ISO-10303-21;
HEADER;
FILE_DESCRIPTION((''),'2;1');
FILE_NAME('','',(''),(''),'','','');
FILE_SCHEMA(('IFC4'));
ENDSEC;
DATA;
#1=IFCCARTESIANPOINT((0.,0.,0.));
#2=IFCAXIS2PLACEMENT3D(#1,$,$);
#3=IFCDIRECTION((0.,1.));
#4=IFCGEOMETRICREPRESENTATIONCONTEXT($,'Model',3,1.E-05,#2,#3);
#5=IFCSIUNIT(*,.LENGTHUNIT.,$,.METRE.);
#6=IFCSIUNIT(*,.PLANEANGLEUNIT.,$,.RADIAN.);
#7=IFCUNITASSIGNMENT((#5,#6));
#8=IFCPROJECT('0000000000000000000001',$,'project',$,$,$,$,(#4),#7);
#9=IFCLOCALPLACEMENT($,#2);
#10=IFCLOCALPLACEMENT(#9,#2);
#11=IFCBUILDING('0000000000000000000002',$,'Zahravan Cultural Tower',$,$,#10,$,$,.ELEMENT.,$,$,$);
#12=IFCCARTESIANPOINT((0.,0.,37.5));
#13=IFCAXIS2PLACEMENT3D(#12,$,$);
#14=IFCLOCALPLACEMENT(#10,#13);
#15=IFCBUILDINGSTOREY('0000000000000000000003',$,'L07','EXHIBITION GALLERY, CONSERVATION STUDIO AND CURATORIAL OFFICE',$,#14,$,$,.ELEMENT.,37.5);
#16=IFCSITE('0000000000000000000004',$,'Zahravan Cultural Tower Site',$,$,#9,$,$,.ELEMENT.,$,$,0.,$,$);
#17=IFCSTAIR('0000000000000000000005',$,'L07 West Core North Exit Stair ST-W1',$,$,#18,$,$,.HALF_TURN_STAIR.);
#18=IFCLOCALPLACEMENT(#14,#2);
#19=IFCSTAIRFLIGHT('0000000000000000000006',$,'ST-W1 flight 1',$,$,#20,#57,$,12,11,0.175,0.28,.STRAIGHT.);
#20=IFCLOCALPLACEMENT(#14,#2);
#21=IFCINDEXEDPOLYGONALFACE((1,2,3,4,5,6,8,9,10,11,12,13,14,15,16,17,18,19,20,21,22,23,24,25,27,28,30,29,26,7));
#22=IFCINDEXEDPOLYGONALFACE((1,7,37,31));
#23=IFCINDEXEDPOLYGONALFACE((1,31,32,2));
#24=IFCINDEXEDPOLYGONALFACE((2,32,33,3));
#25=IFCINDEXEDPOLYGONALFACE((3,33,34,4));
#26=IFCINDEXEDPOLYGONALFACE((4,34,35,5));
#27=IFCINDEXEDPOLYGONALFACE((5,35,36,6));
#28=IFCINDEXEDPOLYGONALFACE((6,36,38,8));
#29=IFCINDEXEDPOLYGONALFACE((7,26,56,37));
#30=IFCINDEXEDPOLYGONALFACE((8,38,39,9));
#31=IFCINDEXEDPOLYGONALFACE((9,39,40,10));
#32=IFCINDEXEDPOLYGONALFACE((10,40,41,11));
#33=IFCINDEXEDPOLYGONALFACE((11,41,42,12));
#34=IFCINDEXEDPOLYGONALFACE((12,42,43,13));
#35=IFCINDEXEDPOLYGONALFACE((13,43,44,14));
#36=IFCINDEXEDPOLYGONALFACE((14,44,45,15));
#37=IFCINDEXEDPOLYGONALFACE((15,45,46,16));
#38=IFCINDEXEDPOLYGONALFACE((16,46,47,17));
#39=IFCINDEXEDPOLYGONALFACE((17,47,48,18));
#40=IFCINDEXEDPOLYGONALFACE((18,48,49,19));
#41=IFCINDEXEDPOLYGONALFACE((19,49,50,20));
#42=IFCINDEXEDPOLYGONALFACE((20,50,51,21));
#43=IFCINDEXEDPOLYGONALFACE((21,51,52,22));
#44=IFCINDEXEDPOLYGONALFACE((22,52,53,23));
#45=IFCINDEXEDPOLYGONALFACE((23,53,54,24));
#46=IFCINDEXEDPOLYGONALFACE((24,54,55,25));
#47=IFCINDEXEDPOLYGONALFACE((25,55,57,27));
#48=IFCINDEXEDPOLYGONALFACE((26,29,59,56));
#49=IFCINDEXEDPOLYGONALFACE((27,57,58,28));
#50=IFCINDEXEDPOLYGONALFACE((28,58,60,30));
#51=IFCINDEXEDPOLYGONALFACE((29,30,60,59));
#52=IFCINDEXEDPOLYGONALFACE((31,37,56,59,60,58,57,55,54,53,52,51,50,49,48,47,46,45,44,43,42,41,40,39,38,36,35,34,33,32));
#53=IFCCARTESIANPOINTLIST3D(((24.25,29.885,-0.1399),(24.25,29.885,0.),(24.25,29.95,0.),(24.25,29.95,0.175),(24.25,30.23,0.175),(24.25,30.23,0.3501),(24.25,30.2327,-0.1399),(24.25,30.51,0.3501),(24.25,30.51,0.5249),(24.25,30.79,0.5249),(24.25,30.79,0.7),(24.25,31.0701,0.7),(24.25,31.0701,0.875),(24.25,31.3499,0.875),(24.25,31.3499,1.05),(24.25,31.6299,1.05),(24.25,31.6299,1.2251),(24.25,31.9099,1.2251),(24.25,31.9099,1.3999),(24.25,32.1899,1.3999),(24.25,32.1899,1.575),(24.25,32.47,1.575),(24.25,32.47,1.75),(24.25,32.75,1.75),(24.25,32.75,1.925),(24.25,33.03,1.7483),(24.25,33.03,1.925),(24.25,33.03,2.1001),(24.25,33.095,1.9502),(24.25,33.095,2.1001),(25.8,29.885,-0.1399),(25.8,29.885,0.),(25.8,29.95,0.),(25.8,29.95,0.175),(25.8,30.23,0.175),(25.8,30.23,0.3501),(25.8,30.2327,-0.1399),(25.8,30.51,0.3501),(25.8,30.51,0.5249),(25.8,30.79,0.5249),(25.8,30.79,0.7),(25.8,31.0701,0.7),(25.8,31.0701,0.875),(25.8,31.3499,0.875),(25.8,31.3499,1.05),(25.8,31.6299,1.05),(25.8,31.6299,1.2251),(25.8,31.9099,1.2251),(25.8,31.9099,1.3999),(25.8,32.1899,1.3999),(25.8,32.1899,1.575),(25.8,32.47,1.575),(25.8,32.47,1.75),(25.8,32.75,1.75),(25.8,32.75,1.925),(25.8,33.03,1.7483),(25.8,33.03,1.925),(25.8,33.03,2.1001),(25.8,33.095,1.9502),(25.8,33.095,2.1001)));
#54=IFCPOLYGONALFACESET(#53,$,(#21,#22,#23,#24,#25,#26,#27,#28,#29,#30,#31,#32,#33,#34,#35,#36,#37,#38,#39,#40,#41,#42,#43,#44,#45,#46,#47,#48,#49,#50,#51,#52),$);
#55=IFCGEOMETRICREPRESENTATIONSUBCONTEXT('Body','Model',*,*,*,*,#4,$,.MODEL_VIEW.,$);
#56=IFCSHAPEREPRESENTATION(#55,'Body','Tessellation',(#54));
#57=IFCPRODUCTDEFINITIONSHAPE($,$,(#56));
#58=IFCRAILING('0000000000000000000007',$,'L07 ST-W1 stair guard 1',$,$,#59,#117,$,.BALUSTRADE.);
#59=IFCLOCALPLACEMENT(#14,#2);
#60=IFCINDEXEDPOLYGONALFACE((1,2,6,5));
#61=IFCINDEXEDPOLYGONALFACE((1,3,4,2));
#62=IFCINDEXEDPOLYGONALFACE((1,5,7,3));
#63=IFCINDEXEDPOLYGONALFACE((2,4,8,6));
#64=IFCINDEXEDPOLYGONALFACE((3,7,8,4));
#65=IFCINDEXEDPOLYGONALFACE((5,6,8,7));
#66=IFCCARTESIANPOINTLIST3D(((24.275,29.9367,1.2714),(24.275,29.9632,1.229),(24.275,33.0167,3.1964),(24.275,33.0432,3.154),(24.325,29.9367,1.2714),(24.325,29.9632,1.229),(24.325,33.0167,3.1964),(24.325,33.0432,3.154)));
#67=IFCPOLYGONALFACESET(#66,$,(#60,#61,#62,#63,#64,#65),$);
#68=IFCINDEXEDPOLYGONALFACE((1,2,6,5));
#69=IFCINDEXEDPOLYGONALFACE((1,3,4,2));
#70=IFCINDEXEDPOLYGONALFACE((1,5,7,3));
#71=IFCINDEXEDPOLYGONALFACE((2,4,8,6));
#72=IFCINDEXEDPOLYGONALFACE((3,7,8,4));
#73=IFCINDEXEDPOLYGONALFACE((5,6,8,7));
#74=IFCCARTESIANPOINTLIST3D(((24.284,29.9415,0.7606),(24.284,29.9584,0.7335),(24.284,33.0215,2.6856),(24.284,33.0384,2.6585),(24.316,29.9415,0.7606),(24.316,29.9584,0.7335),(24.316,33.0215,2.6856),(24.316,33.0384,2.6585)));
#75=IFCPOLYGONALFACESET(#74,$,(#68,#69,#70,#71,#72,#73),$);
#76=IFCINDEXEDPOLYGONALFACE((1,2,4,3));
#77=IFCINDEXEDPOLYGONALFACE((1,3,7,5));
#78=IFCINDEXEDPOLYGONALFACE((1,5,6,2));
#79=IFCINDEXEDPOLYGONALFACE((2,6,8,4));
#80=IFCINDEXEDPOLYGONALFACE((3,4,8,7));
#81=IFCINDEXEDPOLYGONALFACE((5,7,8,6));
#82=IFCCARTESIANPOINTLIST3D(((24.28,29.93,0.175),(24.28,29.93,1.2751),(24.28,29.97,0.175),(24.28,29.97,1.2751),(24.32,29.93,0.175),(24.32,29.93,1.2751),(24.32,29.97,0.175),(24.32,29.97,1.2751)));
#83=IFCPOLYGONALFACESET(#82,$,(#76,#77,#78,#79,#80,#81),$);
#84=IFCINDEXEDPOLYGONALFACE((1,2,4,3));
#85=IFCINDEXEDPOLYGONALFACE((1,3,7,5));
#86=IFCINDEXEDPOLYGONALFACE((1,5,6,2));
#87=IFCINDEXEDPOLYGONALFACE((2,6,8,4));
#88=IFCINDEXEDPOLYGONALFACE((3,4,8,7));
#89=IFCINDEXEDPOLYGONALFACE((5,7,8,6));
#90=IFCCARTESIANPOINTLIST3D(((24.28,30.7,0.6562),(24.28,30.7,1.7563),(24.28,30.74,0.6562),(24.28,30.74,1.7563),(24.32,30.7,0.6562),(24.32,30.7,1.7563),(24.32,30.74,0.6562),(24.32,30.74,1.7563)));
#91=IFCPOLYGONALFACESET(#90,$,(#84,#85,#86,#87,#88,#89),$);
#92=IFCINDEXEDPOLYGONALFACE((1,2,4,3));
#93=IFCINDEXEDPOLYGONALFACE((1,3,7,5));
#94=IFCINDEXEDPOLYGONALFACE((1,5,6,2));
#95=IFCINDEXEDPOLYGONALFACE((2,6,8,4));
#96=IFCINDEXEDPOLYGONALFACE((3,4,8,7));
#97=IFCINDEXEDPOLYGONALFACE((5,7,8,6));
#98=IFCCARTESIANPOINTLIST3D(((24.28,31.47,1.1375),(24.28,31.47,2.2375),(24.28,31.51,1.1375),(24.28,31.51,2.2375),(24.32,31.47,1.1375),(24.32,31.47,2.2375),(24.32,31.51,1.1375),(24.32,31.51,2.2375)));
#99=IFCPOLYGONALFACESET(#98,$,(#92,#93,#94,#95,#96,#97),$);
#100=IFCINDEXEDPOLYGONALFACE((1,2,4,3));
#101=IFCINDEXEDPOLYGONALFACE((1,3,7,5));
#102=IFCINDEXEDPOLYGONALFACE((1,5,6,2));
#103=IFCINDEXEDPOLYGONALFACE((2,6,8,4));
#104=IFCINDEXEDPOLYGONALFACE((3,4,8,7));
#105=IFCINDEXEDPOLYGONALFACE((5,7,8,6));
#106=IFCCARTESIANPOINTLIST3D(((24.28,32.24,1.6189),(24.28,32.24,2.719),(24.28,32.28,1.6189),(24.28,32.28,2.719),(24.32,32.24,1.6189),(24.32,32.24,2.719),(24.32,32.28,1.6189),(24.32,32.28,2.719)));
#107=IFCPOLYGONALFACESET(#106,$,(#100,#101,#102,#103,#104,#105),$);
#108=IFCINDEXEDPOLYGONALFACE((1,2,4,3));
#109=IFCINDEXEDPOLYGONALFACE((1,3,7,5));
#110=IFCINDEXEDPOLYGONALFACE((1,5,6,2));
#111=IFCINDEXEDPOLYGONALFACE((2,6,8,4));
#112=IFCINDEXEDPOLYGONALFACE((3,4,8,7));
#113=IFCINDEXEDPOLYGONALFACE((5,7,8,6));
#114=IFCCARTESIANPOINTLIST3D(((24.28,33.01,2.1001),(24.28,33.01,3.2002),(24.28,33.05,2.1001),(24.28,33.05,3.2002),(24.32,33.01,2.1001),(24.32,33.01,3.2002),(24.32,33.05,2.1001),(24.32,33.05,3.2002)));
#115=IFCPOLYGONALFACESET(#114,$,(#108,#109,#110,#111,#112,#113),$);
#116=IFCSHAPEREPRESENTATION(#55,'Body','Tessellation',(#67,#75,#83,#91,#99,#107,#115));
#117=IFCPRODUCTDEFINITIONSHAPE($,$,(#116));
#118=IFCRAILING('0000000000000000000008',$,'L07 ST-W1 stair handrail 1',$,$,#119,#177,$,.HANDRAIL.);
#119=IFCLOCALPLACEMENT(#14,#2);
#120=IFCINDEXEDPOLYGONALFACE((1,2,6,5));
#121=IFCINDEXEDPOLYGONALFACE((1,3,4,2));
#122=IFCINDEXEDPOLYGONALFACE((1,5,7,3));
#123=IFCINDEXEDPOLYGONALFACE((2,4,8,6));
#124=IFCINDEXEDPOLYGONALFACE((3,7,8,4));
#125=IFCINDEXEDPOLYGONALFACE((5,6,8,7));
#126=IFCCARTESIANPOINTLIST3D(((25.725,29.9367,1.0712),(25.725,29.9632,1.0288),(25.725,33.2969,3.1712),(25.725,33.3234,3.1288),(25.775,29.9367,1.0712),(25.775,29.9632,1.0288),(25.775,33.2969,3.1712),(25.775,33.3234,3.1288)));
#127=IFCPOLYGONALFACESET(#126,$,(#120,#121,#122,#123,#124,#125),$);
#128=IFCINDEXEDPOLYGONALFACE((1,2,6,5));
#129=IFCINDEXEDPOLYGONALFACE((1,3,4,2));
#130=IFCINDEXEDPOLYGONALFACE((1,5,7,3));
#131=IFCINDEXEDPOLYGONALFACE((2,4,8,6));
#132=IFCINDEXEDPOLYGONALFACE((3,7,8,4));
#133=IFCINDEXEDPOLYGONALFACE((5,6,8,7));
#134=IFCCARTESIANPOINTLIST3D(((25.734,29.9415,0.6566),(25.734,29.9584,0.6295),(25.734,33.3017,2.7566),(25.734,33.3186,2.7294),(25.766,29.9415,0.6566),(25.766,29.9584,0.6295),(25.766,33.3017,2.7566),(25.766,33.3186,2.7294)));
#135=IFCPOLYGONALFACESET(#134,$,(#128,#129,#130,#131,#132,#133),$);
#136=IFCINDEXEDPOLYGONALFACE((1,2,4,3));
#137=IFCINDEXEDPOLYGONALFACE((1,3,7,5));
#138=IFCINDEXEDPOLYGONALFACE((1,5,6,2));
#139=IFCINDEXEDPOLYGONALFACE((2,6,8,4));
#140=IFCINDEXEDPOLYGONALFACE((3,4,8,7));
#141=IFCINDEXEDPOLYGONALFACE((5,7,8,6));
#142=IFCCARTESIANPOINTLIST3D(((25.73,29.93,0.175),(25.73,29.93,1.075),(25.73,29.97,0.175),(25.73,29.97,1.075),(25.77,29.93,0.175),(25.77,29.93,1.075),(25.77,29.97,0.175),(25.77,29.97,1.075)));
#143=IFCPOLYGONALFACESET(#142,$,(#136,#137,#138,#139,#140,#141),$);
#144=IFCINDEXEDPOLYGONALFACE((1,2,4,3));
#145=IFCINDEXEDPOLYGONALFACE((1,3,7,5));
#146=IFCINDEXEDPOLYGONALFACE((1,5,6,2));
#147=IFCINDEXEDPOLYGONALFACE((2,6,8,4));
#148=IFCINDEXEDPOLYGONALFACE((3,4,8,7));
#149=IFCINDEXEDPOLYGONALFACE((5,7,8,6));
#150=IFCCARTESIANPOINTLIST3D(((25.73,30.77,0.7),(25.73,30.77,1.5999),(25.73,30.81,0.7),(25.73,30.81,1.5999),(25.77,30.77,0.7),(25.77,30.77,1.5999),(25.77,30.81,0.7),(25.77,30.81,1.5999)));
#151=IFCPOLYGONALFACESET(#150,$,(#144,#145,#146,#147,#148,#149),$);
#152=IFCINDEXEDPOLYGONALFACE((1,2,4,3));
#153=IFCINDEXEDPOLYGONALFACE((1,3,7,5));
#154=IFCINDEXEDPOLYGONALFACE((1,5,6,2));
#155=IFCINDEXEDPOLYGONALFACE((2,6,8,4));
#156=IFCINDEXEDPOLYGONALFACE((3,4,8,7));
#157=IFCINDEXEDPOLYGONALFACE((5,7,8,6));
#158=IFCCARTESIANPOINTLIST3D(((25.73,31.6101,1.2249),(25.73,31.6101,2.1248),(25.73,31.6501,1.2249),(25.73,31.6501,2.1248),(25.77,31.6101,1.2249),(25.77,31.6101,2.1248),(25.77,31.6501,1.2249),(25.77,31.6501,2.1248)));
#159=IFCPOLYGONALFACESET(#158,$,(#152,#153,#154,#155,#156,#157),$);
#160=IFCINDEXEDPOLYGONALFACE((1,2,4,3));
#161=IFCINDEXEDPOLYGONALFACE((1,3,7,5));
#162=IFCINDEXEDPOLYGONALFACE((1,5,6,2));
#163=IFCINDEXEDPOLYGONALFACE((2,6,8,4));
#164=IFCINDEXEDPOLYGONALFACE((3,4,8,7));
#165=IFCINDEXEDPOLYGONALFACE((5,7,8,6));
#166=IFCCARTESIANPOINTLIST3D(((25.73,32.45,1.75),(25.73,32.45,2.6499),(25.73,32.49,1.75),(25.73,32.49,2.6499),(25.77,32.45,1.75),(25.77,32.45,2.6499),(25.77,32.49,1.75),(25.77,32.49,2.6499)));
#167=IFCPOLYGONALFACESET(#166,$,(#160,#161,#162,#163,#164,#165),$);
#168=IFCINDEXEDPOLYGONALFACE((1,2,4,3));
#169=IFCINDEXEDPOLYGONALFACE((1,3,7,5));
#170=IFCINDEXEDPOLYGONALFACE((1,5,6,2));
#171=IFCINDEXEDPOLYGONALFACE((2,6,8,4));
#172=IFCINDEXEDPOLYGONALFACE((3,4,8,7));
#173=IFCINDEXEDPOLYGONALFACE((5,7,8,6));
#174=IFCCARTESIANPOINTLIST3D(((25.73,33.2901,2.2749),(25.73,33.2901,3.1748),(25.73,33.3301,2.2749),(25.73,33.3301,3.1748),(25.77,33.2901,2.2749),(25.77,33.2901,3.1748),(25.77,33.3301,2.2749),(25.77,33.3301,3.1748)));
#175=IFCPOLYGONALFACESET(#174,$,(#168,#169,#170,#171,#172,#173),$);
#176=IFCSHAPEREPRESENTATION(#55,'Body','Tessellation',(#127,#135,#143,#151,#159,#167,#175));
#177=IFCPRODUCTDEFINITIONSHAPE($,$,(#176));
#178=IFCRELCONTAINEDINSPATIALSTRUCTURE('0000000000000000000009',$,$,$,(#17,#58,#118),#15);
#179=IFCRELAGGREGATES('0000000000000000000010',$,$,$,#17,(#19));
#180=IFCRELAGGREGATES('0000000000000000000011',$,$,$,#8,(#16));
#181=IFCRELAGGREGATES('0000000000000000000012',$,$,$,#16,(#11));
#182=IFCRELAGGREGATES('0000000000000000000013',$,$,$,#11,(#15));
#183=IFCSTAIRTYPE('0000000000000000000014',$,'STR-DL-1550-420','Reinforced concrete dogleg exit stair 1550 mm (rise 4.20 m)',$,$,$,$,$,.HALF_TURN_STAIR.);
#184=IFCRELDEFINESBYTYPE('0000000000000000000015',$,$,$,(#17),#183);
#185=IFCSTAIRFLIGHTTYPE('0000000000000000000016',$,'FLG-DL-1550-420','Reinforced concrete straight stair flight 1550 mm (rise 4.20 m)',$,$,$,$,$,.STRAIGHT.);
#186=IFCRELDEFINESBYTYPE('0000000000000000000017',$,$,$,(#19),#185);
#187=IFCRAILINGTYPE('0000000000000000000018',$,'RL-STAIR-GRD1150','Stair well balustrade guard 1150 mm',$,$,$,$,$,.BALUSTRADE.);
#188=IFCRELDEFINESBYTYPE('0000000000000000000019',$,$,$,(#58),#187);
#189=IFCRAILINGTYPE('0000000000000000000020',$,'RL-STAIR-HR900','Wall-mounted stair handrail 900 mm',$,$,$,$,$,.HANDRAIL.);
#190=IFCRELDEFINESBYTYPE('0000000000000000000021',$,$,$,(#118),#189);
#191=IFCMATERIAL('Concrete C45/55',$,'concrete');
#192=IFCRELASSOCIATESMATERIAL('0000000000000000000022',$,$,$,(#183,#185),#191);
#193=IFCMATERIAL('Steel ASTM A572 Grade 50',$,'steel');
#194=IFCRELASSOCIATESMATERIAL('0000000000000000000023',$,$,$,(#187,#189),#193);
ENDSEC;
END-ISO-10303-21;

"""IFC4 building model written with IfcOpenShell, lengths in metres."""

from ifc_helpers import new_model, si_unit, direction, frame, origin, origin_2d, place, context, subcontext, project, spatial, polyline, rectangle, outline, extrude, material, type_object, element, aggregate, save


model = new_model("IFC4")

# Units and contexts
model_context = context("Model", 3, precision=1e-05, world=origin(), true_north=direction((0.0, 1.0)))
body_context = subcontext(model_context, "Body", "Model", "MODEL_VIEW")
ifc_project = project(units=[si_unit("LENGTHUNIT", "METRE"), si_unit("PLANEANGLEUNIT", "RADIAN")], contexts=[model_context])

# Site, building, storey
site_placement = place(None, origin())
site = spatial("IfcSite", under=ifc_project, at=site_placement, Name="Zahravan Cultural Tower Site", CompositionType="ELEMENT", RefElevation=0.0)
building_placement = place(site_placement, origin())
building = spatial("IfcBuilding", under=site, at=building_placement, Name="Zahravan Cultural Tower", CompositionType="ELEMENT")
storey_placement = place(building_placement, frame((0.0, 0.0, 37.5)))
storey = spatial("IfcBuildingStorey", under=building, at=storey_placement, Name="L07", Description="EXHIBITION GALLERY, CONSERVATION STUDIO AND CURATORIAL OFFICE", CompositionType="ELEMENT", Elevation=37.5)

# Shared definitions
ifc_material_1 = material(Name="Steel ASTM A572 Grade 50", Category="steel")
ifc_material_2 = material(Name="Concrete C45/55", Category="concrete")

# Stair, stair flight
stair_type = type_object("IfcStairType", Name="STR-DL-1550-420", Description="Reinforced concrete dogleg exit stair 1550 mm (rise 4.20 m)", PredefinedType="HALF_TURN_STAIR", material=ifc_material_2)
stair_placement = place(storey_placement, origin())
stair = element("IfcStair", 1, at=stair_placement, inside=storey, type_object=stair_type, Name="L07 West Core North Exit Stair ST-W1", PredefinedType="HALF_TURN_STAIR")
stair_flight_type = type_object("IfcStairFlightType", Name="FLG-DL-1550-420", Description="Reinforced concrete straight stair flight 1550 mm (rise 4.20 m)", PredefinedType="STRAIGHT", material=ifc_material_2)
stair_flight_placement = place(storey_placement, frame((25.0249, 29.95, 0.0), z_axis=(0.0, 0.0, 1.0), x_axis=(0.0, 1.0, 0.0)))
stair_flight = element("IfcStairFlight", 2, at=stair_flight_placement, type_object=stair_flight_type, Name="ST-W1 flight 1", NumberOfRisers=12, NumberOfTreads=11, PredefinedType="STRAIGHT", RiserHeight=0.175, TreadLength=0.28, context=body_context, shape_type="SweptSolid", body=[
    extrude(outline(polyline([(-0.0649, -0.1399), (-0.0649, 0.0), (0.0, 0.0), (0.0, 0.175), (0.28, 0.175), (0.28, 0.3501), (0.5601, 0.3501), (0.5601, 0.5249), (0.8401, 0.5249), (0.8401, 0.7), (1.1201, 0.7), (1.1201, 0.875), (1.3999, 0.875), (1.3999, 1.05), (1.6799, 1.05), (1.6799, 1.2251), (1.96, 1.2251), (1.96, 1.3999), (2.24, 1.3999), (2.24, 1.575), (2.52, 1.575), (2.52, 1.75), (2.8, 1.75), (2.8, 1.925), (3.0801, 1.925), (3.0801, 2.1001), (3.145, 2.1001), (3.145, 1.9502), (3.0801, 1.7483), (0.2827, -0.1399), (-0.0649, -0.1399)])), frame((0.0, 0.7749, 0.0), z_axis=(0.0, -1.0, 0.0), x_axis=(1.0, 0.0, 0.0)), (0.0, 0.0, 1.0), 1.55),
])
aggregate(stair, [stair_flight])

# Railings
railing_type_1 = type_object("IfcRailingType", Name="RL-STAIR-GRD1150", Description="Stair well balustrade guard 1150 mm", PredefinedType="BALUSTRADE", material=ifc_material_1)
railing_1_placement = place(storey_placement, frame((24.3, 29.95, 0.175)))
element("IfcRailing", 3, at=railing_1_placement, inside=storey, type_object=railing_type_1, Name="L07 ST-W1 stair guard 1", PredefinedType="BALUSTRADE", context=body_context, shape_type="SweptSolid", body=[
    extrude(rectangle(XDim=0.05, YDim=0.05, at=origin_2d()), frame((0.0, 0.0, 1.0752), z_axis=(0.0, 0.847998, 0.529999), x_axis=(-1.0, 0.0, 0.0)), (0.0, 0.0, 1.0), 3.6321),
    extrude(rectangle(XDim=0.032, YDim=0.032, at=origin_2d()), frame((0.0, 0.0, 0.572), z_axis=(0.0, 0.847998, 0.529999), x_axis=(-1.0, 0.0, 0.0)), (0.0, 0.0, 1.0), 3.6321),
    extrude(rectangle(XDim=0.04, YDim=0.04, at=origin_2d()), origin(), (0.0, 0.0, 1.0), 1.1001),
    extrude(rectangle(XDim=0.04, YDim=0.04, at=origin_2d()), frame((0.0, 0.77, 0.4812)), (0.0, 0.0, 1.0), 1.1001),
    extrude(rectangle(XDim=0.04, YDim=0.04, at=origin_2d()), frame((0.0, 1.54, 0.9624)), (0.0, 0.0, 1.0), 1.1001),
    extrude(rectangle(XDim=0.04, YDim=0.04, at=origin_2d()), frame((0.0, 2.3101, 1.4438)), (0.0, 0.0, 1.0), 1.1001),
    extrude(rectangle(XDim=0.04, YDim=0.04, at=origin_2d()), frame((0.0, 3.0801, 1.925)), (0.0, 0.0, 1.0), 1.1001),
])
railing_type_2 = type_object("IfcRailingType", Name="RL-STAIR-HR900", Description="Wall-mounted stair handrail 900 mm", PredefinedType="HANDRAIL", material=ifc_material_1)
railing_2_placement = place(storey_placement, frame((25.75, 29.95, 0.175)))
element("IfcRailing", 4, at=railing_2_placement, inside=storey, type_object=railing_type_2, Name="L07 ST-W1 stair handrail 1", PredefinedType="HANDRAIL", context=body_context, shape_type="SweptSolid", body=[
    extrude(rectangle(XDim=0.05, YDim=0.05, at=origin_2d()), frame((0.0, 0.0, 0.875), z_axis=(0.0, 0.848023, 0.52996), x_axis=(-1.0, 0.0, 0.0)), (0.0, 0.0, 1.0), 3.9624),
    extrude(rectangle(XDim=0.032, YDim=0.032, at=origin_2d()), frame((0.0, 0.0, 0.468), z_axis=(0.0, 0.848023, 0.52996), x_axis=(-1.0, 0.0, 0.0)), (0.0, 0.0, 1.0), 3.9624),
    extrude(rectangle(XDim=0.04, YDim=0.04, at=origin_2d()), origin(), (0.0, 0.0, 1.0), 0.8999),
    extrude(rectangle(XDim=0.04, YDim=0.04, at=origin_2d()), frame((0.0, 0.8401, 0.5249)), (0.0, 0.0, 1.0), 0.8999),
    extrude(rectangle(XDim=0.04, YDim=0.04, at=origin_2d()), frame((0.0, 1.6802, 1.0498)), (0.0, 0.0, 1.0), 0.8999),
    extrude(rectangle(XDim=0.04, YDim=0.04, at=origin_2d()), frame((0.0, 2.52, 1.575)), (0.0, 0.0, 1.0), 0.8999),
    extrude(rectangle(XDim=0.04, YDim=0.04, at=origin_2d()), frame((0.0, 3.3601, 2.0999)), (0.0, 0.0, 1.0), 0.8999),
])

save(model, "model.ifc")
